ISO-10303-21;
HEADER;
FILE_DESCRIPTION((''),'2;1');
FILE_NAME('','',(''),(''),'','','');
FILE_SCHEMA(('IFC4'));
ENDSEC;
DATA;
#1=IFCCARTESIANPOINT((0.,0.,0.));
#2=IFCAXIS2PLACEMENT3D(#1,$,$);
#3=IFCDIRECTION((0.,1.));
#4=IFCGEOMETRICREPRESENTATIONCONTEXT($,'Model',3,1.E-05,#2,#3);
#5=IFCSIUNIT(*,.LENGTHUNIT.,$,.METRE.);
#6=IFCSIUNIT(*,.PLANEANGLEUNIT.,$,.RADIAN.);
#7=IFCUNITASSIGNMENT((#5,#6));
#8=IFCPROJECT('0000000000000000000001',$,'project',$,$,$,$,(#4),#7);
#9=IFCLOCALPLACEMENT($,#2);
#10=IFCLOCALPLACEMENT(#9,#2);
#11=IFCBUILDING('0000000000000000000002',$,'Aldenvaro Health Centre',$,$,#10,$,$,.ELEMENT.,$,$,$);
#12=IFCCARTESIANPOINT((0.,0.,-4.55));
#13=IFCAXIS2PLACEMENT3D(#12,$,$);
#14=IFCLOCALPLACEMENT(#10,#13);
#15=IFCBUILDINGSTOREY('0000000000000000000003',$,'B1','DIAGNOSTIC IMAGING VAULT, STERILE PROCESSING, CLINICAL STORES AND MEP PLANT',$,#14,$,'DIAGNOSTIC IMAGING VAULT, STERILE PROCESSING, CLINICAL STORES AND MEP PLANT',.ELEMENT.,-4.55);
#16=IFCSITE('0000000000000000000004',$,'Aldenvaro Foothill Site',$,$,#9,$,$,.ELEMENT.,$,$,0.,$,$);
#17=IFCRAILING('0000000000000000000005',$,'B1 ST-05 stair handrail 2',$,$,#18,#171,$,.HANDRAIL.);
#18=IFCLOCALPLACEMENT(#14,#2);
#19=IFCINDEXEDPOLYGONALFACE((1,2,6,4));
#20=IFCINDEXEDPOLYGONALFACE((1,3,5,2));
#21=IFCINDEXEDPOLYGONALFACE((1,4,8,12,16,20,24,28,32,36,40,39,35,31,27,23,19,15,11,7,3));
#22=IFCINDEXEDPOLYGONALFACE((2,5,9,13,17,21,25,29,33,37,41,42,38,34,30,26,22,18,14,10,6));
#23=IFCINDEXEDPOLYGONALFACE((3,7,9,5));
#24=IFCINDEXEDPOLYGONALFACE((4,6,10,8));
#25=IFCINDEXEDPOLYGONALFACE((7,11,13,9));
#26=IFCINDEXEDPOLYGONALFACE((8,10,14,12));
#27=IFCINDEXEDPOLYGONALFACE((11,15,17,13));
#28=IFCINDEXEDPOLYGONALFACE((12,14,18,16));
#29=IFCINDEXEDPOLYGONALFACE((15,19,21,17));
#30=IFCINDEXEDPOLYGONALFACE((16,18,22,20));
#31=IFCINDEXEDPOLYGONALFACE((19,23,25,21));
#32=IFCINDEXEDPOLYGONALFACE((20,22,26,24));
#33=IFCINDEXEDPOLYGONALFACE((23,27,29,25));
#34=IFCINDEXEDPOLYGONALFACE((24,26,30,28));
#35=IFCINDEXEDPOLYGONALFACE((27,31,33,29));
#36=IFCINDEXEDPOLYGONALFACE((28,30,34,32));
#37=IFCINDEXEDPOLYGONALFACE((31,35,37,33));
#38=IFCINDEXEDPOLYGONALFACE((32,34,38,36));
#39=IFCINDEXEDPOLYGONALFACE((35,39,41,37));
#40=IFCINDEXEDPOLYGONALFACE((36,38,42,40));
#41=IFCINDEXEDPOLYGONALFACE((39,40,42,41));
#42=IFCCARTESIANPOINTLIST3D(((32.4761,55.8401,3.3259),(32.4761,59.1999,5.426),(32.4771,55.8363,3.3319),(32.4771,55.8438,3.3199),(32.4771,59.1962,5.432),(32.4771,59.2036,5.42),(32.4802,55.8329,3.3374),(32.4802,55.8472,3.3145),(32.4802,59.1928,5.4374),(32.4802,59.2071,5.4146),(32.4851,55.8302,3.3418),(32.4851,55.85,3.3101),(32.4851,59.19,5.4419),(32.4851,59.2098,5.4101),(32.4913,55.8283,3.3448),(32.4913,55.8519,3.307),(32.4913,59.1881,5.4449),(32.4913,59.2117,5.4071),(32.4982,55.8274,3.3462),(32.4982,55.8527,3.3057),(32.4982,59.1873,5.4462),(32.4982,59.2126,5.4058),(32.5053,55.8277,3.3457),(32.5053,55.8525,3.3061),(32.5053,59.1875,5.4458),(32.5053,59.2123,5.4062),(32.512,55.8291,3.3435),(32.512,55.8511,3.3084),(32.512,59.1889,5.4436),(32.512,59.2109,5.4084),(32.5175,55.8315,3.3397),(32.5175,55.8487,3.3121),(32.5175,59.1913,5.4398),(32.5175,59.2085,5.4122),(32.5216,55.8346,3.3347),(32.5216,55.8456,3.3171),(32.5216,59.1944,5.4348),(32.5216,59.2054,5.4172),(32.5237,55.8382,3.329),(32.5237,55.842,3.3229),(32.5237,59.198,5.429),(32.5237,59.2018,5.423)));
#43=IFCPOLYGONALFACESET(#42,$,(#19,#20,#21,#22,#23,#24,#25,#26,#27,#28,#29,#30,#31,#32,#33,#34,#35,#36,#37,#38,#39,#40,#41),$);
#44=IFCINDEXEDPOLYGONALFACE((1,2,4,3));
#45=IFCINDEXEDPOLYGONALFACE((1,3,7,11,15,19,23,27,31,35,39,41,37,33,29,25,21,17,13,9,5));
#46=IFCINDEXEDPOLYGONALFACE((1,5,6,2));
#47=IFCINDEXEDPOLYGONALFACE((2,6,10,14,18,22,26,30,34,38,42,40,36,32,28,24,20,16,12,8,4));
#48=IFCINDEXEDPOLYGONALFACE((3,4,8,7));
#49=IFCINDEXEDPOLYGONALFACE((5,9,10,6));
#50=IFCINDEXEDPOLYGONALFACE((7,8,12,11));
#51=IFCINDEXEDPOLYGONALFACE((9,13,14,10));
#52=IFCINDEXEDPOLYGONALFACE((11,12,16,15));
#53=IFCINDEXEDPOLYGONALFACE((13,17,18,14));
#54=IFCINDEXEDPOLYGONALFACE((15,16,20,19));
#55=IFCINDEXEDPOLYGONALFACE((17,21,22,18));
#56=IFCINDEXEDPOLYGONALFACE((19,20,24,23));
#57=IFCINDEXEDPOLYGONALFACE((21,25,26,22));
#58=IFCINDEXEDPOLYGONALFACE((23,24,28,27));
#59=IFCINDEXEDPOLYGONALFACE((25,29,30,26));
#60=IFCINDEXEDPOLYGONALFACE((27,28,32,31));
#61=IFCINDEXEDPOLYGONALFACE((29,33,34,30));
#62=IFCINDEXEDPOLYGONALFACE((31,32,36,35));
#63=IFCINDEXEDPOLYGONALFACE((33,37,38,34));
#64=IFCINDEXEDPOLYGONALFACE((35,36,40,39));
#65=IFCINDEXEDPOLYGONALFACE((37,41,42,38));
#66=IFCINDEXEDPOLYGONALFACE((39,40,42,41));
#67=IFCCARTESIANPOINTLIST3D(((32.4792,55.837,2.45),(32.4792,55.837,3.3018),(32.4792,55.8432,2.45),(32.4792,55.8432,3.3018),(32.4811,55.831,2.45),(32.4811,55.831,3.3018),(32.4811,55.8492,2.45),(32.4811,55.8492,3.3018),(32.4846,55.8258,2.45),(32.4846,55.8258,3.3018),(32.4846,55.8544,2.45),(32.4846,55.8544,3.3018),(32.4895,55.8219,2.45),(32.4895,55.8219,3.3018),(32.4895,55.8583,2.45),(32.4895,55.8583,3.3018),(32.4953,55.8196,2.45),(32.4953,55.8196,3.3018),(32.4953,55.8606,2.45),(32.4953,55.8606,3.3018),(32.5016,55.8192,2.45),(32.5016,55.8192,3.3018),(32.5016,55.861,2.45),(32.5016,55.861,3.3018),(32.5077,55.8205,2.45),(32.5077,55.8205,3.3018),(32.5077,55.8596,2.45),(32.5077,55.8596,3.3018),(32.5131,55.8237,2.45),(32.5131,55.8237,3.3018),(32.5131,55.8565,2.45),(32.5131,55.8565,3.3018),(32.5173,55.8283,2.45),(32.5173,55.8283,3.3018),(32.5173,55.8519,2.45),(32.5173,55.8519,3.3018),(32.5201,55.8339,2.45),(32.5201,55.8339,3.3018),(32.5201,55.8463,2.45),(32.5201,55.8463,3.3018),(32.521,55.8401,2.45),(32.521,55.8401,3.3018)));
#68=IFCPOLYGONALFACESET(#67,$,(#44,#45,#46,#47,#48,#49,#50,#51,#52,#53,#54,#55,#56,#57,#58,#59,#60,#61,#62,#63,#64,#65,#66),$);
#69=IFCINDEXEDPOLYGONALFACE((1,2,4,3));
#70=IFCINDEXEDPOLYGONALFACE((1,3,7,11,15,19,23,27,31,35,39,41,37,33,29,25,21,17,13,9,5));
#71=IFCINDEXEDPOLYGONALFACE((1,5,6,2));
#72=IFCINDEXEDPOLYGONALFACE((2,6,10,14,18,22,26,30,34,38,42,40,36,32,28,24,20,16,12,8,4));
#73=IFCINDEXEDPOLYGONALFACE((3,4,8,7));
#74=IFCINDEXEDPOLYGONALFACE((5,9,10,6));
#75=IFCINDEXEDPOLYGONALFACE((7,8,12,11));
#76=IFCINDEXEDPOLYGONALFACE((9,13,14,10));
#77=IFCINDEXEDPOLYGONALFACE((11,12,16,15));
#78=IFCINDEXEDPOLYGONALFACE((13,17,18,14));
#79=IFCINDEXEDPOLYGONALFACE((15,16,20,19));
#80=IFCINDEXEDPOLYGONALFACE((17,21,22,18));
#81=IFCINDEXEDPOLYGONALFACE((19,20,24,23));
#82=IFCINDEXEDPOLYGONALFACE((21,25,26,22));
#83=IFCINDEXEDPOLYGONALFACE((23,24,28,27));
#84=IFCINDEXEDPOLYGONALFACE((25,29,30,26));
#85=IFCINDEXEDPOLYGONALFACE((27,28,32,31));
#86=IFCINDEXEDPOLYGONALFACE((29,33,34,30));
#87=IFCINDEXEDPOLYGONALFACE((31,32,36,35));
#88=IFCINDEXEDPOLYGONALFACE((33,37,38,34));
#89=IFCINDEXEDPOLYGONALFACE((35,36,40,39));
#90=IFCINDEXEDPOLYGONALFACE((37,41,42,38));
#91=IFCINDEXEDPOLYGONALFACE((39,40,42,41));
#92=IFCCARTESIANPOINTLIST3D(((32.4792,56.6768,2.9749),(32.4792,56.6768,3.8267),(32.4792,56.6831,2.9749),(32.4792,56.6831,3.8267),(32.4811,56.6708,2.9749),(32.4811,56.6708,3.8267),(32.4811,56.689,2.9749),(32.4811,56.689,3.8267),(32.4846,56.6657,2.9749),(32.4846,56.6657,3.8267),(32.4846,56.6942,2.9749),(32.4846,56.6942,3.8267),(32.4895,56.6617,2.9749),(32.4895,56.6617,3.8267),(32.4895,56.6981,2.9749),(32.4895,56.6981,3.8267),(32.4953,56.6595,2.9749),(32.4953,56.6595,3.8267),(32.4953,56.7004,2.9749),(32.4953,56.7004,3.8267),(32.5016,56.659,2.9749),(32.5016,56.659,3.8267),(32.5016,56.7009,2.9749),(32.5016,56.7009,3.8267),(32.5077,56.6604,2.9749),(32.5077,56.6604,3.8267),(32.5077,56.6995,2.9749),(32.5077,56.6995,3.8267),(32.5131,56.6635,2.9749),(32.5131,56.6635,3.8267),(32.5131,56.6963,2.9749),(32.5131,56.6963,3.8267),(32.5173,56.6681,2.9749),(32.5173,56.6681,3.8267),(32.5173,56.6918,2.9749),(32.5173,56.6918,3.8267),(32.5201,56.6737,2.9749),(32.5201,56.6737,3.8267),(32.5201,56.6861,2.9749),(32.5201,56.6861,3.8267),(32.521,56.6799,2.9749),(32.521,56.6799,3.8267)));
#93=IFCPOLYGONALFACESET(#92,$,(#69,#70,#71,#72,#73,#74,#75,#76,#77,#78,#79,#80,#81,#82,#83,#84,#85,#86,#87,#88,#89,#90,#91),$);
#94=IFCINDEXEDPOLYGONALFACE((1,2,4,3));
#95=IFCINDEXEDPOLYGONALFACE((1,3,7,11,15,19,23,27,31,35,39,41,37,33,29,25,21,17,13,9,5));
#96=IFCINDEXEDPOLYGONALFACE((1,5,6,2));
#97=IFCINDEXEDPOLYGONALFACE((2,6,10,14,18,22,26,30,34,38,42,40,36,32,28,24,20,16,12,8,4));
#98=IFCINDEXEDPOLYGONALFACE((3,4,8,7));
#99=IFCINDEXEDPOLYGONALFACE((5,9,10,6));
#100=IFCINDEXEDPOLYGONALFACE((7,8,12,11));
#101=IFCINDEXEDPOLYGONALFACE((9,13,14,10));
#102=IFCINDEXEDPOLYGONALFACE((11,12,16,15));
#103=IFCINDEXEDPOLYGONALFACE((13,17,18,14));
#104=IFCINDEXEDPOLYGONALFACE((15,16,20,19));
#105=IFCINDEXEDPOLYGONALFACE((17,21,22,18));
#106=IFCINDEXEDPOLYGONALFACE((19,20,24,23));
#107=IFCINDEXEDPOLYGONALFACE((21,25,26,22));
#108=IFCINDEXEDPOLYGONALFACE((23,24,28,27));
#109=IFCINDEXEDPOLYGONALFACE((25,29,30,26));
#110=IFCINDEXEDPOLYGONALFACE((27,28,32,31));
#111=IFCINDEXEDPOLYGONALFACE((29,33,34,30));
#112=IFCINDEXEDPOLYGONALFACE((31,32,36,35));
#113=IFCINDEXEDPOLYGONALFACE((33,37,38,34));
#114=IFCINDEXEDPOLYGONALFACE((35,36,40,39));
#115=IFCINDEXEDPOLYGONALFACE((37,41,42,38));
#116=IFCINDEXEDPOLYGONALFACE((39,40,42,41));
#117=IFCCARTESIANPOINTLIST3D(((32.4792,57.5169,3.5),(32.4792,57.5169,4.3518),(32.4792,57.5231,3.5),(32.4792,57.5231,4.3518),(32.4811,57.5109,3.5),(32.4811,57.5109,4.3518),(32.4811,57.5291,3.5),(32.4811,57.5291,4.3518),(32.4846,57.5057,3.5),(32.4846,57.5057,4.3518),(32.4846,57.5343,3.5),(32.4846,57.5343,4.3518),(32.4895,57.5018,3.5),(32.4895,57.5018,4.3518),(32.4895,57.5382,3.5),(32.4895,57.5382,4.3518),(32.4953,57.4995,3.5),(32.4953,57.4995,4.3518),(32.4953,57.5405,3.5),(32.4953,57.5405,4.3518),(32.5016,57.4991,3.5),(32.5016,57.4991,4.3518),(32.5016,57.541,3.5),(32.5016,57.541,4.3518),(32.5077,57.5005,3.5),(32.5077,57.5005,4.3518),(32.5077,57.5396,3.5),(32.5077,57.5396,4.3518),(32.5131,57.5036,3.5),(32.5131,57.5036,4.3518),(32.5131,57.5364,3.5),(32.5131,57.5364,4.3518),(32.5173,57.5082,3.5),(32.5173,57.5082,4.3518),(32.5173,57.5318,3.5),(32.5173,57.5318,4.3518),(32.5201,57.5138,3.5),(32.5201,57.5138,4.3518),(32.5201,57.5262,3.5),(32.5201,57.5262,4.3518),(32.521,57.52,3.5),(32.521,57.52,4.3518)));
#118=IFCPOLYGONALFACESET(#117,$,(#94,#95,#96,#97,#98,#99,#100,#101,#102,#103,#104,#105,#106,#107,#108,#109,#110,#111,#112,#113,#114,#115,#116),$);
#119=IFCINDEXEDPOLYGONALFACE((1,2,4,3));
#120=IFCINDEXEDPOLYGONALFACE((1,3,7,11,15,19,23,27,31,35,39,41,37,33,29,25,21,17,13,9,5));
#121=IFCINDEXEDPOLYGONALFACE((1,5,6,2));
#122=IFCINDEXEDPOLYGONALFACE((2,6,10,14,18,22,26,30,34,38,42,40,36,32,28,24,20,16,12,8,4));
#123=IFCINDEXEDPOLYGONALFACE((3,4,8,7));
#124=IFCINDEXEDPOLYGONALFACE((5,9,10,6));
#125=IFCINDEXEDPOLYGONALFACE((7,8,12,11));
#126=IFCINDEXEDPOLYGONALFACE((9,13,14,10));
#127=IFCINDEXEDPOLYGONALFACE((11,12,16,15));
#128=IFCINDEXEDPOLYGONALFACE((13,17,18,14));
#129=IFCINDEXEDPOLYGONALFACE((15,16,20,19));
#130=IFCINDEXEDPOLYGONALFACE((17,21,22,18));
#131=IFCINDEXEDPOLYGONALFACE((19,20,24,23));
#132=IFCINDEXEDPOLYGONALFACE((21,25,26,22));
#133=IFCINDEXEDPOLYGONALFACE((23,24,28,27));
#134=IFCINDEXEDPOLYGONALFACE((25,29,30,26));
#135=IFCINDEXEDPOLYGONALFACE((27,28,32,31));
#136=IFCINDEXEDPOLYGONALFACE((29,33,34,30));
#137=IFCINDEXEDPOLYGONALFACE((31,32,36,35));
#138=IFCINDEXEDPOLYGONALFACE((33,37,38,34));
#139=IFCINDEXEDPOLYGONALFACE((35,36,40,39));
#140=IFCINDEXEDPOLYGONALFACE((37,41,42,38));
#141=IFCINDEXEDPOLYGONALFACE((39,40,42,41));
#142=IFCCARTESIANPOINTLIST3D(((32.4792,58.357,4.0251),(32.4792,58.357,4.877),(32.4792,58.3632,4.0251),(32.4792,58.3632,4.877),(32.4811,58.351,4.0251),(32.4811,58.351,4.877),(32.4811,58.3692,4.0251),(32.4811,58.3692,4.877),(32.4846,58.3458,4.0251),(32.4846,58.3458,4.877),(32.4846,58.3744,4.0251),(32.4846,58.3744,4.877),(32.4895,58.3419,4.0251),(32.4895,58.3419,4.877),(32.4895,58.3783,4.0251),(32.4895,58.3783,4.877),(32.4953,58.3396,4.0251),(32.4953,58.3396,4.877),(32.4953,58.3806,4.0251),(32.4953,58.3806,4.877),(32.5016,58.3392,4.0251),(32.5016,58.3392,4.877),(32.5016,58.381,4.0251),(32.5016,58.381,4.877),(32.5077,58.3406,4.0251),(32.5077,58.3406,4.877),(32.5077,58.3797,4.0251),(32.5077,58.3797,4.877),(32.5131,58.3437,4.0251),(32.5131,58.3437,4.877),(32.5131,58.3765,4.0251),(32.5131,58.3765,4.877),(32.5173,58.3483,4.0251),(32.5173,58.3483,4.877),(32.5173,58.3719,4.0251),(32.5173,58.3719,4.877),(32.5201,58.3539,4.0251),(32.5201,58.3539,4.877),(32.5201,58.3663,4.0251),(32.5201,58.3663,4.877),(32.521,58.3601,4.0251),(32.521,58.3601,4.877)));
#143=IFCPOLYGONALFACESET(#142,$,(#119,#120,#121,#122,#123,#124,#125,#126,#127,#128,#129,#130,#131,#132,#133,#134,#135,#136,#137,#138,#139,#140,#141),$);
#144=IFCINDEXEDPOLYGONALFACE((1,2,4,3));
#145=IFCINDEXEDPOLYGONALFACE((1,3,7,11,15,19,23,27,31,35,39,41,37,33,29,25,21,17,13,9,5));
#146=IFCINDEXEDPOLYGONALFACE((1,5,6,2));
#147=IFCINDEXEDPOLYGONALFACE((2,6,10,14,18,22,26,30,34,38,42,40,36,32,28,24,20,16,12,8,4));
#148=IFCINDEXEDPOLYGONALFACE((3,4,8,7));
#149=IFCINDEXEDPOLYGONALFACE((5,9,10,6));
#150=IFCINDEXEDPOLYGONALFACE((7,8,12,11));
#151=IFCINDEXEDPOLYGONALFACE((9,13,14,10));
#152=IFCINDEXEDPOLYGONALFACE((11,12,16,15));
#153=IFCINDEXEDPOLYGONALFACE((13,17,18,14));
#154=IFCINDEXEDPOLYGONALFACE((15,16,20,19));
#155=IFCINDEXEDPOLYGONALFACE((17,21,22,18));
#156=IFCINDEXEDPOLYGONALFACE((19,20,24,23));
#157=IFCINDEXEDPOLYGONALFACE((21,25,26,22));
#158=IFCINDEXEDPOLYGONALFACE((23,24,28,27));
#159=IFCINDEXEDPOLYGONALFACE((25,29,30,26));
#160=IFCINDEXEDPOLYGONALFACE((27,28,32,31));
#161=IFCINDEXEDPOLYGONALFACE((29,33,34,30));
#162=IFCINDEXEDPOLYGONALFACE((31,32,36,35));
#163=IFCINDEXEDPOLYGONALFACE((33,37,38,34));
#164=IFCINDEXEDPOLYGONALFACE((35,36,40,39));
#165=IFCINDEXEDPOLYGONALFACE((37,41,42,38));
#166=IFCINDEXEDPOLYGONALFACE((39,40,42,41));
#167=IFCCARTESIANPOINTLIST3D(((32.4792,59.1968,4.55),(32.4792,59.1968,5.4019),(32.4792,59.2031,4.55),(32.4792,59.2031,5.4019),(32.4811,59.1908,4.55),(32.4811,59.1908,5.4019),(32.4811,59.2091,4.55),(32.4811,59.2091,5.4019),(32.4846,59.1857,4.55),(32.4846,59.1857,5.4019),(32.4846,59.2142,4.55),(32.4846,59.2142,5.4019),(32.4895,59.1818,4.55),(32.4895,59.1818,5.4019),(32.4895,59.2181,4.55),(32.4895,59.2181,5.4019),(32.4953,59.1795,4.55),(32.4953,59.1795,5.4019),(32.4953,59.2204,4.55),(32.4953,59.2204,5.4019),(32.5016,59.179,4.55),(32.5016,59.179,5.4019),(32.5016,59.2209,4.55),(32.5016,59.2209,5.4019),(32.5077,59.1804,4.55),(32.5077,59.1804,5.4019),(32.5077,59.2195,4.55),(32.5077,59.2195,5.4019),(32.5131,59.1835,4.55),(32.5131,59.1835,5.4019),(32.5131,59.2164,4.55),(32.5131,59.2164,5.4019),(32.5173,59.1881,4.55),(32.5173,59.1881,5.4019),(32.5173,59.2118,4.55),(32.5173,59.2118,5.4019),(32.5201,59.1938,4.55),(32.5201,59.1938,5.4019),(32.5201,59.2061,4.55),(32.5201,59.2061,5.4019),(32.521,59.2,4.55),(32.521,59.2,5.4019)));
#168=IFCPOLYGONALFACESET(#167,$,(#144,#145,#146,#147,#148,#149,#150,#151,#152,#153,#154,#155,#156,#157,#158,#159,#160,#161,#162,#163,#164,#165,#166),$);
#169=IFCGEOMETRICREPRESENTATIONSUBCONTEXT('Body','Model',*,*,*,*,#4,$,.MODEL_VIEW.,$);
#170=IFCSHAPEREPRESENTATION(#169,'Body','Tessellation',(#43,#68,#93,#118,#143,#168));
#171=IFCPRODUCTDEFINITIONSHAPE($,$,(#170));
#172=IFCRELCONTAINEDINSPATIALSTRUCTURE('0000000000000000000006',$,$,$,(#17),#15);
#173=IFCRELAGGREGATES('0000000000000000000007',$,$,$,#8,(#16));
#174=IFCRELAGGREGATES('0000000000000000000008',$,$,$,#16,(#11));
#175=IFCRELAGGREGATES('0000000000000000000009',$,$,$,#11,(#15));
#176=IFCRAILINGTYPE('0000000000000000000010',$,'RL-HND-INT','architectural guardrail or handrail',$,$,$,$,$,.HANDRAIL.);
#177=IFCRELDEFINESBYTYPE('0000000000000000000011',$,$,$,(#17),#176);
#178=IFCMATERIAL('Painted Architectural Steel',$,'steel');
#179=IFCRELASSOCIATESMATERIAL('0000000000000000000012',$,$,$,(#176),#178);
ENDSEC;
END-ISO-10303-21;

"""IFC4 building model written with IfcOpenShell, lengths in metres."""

from ifc_helpers import new_model, si_unit, direction, frame, origin, origin_2d, place, context, subcontext, project, spatial, circle, extrude, material, type_object, element, save


model = new_model("IFC4")

# Units and contexts
model_context = context("Model", 3, precision=1e-05, world=origin(), true_north=direction((0.0, 1.0)))
body_context = subcontext(model_context, "Body", "Model", "MODEL_VIEW")
ifc_project = project(units=[si_unit("LENGTHUNIT", "METRE"), si_unit("PLANEANGLEUNIT", "RADIAN")], contexts=[model_context])

# Site, building, storey
site_placement = place(None, origin())
site = spatial("IfcSite", under=ifc_project, at=site_placement, Name="Aldenvaro Foothill Site", CompositionType="ELEMENT", RefElevation=0.0)
building_placement = place(site_placement, origin())
building = spatial("IfcBuilding", under=site, at=building_placement, Name="Aldenvaro Health Centre", CompositionType="ELEMENT")
storey_placement = place(building_placement, frame((0.0, 0.0, -4.55)))
storey = spatial("IfcBuildingStorey", under=building, at=storey_placement, Name="B1", Description="DIAGNOSTIC IMAGING VAULT, STERILE PROCESSING, CLINICAL STORES AND MEP PLANT", LongName="DIAGNOSTIC IMAGING VAULT, STERILE PROCESSING, CLINICAL STORES AND MEP PLANT", CompositionType="ELEMENT", Elevation=-4.55)

# Railing
ifc_material_1 = material(Name="Painted Architectural Steel", Category="steel")
railing_type_1 = type_object("IfcRailingType", Name="RL-HND-INT", Description="architectural guardrail or handrail", PredefinedType="HANDRAIL", material=ifc_material_1)
railing_1_placement = place(storey_placement, frame((32.5, 55.8401, 2.45)))
element("IfcRailing", 1, at=railing_1_placement, inside=storey, type_object=railing_type_1, Name="B1 ST-05 stair handrail 2", PredefinedType="HANDRAIL", context=body_context, shape_type="SweptSolid", body=[
    extrude(circle(Radius=0.0239, at=origin_2d()), frame((0.0, 0.0, 0.876), z_axis=(0.0, 0.847978, 0.530032), x_axis=(-1.0, 0.0, 0.0)), (0.0, 0.0, 1.0), 3.9622),
    extrude(circle(Radius=0.021, at=origin_2d()), origin(), (0.0, 0.0, 1.0), 0.8518),
    extrude(circle(Radius=0.021, at=origin_2d()), frame((0.0, 0.8398, 0.5249)), (0.0, 0.0, 1.0), 0.8518),
    extrude(circle(Radius=0.021, at=origin_2d()), frame((0.0, 1.6799, 1.05)), (0.0, 0.0, 1.0), 0.8518),
    extrude(circle(Radius=0.021, at=origin_2d()), frame((0.0, 2.52, 1.5752)), (0.0, 0.0, 1.0), 0.8518),
    extrude(circle(Radius=0.021, at=origin_2d()), frame((0.0, 3.3599, 2.1001)), (0.0, 0.0, 1.0), 0.8518),
])

save(model, "model.ifc")
